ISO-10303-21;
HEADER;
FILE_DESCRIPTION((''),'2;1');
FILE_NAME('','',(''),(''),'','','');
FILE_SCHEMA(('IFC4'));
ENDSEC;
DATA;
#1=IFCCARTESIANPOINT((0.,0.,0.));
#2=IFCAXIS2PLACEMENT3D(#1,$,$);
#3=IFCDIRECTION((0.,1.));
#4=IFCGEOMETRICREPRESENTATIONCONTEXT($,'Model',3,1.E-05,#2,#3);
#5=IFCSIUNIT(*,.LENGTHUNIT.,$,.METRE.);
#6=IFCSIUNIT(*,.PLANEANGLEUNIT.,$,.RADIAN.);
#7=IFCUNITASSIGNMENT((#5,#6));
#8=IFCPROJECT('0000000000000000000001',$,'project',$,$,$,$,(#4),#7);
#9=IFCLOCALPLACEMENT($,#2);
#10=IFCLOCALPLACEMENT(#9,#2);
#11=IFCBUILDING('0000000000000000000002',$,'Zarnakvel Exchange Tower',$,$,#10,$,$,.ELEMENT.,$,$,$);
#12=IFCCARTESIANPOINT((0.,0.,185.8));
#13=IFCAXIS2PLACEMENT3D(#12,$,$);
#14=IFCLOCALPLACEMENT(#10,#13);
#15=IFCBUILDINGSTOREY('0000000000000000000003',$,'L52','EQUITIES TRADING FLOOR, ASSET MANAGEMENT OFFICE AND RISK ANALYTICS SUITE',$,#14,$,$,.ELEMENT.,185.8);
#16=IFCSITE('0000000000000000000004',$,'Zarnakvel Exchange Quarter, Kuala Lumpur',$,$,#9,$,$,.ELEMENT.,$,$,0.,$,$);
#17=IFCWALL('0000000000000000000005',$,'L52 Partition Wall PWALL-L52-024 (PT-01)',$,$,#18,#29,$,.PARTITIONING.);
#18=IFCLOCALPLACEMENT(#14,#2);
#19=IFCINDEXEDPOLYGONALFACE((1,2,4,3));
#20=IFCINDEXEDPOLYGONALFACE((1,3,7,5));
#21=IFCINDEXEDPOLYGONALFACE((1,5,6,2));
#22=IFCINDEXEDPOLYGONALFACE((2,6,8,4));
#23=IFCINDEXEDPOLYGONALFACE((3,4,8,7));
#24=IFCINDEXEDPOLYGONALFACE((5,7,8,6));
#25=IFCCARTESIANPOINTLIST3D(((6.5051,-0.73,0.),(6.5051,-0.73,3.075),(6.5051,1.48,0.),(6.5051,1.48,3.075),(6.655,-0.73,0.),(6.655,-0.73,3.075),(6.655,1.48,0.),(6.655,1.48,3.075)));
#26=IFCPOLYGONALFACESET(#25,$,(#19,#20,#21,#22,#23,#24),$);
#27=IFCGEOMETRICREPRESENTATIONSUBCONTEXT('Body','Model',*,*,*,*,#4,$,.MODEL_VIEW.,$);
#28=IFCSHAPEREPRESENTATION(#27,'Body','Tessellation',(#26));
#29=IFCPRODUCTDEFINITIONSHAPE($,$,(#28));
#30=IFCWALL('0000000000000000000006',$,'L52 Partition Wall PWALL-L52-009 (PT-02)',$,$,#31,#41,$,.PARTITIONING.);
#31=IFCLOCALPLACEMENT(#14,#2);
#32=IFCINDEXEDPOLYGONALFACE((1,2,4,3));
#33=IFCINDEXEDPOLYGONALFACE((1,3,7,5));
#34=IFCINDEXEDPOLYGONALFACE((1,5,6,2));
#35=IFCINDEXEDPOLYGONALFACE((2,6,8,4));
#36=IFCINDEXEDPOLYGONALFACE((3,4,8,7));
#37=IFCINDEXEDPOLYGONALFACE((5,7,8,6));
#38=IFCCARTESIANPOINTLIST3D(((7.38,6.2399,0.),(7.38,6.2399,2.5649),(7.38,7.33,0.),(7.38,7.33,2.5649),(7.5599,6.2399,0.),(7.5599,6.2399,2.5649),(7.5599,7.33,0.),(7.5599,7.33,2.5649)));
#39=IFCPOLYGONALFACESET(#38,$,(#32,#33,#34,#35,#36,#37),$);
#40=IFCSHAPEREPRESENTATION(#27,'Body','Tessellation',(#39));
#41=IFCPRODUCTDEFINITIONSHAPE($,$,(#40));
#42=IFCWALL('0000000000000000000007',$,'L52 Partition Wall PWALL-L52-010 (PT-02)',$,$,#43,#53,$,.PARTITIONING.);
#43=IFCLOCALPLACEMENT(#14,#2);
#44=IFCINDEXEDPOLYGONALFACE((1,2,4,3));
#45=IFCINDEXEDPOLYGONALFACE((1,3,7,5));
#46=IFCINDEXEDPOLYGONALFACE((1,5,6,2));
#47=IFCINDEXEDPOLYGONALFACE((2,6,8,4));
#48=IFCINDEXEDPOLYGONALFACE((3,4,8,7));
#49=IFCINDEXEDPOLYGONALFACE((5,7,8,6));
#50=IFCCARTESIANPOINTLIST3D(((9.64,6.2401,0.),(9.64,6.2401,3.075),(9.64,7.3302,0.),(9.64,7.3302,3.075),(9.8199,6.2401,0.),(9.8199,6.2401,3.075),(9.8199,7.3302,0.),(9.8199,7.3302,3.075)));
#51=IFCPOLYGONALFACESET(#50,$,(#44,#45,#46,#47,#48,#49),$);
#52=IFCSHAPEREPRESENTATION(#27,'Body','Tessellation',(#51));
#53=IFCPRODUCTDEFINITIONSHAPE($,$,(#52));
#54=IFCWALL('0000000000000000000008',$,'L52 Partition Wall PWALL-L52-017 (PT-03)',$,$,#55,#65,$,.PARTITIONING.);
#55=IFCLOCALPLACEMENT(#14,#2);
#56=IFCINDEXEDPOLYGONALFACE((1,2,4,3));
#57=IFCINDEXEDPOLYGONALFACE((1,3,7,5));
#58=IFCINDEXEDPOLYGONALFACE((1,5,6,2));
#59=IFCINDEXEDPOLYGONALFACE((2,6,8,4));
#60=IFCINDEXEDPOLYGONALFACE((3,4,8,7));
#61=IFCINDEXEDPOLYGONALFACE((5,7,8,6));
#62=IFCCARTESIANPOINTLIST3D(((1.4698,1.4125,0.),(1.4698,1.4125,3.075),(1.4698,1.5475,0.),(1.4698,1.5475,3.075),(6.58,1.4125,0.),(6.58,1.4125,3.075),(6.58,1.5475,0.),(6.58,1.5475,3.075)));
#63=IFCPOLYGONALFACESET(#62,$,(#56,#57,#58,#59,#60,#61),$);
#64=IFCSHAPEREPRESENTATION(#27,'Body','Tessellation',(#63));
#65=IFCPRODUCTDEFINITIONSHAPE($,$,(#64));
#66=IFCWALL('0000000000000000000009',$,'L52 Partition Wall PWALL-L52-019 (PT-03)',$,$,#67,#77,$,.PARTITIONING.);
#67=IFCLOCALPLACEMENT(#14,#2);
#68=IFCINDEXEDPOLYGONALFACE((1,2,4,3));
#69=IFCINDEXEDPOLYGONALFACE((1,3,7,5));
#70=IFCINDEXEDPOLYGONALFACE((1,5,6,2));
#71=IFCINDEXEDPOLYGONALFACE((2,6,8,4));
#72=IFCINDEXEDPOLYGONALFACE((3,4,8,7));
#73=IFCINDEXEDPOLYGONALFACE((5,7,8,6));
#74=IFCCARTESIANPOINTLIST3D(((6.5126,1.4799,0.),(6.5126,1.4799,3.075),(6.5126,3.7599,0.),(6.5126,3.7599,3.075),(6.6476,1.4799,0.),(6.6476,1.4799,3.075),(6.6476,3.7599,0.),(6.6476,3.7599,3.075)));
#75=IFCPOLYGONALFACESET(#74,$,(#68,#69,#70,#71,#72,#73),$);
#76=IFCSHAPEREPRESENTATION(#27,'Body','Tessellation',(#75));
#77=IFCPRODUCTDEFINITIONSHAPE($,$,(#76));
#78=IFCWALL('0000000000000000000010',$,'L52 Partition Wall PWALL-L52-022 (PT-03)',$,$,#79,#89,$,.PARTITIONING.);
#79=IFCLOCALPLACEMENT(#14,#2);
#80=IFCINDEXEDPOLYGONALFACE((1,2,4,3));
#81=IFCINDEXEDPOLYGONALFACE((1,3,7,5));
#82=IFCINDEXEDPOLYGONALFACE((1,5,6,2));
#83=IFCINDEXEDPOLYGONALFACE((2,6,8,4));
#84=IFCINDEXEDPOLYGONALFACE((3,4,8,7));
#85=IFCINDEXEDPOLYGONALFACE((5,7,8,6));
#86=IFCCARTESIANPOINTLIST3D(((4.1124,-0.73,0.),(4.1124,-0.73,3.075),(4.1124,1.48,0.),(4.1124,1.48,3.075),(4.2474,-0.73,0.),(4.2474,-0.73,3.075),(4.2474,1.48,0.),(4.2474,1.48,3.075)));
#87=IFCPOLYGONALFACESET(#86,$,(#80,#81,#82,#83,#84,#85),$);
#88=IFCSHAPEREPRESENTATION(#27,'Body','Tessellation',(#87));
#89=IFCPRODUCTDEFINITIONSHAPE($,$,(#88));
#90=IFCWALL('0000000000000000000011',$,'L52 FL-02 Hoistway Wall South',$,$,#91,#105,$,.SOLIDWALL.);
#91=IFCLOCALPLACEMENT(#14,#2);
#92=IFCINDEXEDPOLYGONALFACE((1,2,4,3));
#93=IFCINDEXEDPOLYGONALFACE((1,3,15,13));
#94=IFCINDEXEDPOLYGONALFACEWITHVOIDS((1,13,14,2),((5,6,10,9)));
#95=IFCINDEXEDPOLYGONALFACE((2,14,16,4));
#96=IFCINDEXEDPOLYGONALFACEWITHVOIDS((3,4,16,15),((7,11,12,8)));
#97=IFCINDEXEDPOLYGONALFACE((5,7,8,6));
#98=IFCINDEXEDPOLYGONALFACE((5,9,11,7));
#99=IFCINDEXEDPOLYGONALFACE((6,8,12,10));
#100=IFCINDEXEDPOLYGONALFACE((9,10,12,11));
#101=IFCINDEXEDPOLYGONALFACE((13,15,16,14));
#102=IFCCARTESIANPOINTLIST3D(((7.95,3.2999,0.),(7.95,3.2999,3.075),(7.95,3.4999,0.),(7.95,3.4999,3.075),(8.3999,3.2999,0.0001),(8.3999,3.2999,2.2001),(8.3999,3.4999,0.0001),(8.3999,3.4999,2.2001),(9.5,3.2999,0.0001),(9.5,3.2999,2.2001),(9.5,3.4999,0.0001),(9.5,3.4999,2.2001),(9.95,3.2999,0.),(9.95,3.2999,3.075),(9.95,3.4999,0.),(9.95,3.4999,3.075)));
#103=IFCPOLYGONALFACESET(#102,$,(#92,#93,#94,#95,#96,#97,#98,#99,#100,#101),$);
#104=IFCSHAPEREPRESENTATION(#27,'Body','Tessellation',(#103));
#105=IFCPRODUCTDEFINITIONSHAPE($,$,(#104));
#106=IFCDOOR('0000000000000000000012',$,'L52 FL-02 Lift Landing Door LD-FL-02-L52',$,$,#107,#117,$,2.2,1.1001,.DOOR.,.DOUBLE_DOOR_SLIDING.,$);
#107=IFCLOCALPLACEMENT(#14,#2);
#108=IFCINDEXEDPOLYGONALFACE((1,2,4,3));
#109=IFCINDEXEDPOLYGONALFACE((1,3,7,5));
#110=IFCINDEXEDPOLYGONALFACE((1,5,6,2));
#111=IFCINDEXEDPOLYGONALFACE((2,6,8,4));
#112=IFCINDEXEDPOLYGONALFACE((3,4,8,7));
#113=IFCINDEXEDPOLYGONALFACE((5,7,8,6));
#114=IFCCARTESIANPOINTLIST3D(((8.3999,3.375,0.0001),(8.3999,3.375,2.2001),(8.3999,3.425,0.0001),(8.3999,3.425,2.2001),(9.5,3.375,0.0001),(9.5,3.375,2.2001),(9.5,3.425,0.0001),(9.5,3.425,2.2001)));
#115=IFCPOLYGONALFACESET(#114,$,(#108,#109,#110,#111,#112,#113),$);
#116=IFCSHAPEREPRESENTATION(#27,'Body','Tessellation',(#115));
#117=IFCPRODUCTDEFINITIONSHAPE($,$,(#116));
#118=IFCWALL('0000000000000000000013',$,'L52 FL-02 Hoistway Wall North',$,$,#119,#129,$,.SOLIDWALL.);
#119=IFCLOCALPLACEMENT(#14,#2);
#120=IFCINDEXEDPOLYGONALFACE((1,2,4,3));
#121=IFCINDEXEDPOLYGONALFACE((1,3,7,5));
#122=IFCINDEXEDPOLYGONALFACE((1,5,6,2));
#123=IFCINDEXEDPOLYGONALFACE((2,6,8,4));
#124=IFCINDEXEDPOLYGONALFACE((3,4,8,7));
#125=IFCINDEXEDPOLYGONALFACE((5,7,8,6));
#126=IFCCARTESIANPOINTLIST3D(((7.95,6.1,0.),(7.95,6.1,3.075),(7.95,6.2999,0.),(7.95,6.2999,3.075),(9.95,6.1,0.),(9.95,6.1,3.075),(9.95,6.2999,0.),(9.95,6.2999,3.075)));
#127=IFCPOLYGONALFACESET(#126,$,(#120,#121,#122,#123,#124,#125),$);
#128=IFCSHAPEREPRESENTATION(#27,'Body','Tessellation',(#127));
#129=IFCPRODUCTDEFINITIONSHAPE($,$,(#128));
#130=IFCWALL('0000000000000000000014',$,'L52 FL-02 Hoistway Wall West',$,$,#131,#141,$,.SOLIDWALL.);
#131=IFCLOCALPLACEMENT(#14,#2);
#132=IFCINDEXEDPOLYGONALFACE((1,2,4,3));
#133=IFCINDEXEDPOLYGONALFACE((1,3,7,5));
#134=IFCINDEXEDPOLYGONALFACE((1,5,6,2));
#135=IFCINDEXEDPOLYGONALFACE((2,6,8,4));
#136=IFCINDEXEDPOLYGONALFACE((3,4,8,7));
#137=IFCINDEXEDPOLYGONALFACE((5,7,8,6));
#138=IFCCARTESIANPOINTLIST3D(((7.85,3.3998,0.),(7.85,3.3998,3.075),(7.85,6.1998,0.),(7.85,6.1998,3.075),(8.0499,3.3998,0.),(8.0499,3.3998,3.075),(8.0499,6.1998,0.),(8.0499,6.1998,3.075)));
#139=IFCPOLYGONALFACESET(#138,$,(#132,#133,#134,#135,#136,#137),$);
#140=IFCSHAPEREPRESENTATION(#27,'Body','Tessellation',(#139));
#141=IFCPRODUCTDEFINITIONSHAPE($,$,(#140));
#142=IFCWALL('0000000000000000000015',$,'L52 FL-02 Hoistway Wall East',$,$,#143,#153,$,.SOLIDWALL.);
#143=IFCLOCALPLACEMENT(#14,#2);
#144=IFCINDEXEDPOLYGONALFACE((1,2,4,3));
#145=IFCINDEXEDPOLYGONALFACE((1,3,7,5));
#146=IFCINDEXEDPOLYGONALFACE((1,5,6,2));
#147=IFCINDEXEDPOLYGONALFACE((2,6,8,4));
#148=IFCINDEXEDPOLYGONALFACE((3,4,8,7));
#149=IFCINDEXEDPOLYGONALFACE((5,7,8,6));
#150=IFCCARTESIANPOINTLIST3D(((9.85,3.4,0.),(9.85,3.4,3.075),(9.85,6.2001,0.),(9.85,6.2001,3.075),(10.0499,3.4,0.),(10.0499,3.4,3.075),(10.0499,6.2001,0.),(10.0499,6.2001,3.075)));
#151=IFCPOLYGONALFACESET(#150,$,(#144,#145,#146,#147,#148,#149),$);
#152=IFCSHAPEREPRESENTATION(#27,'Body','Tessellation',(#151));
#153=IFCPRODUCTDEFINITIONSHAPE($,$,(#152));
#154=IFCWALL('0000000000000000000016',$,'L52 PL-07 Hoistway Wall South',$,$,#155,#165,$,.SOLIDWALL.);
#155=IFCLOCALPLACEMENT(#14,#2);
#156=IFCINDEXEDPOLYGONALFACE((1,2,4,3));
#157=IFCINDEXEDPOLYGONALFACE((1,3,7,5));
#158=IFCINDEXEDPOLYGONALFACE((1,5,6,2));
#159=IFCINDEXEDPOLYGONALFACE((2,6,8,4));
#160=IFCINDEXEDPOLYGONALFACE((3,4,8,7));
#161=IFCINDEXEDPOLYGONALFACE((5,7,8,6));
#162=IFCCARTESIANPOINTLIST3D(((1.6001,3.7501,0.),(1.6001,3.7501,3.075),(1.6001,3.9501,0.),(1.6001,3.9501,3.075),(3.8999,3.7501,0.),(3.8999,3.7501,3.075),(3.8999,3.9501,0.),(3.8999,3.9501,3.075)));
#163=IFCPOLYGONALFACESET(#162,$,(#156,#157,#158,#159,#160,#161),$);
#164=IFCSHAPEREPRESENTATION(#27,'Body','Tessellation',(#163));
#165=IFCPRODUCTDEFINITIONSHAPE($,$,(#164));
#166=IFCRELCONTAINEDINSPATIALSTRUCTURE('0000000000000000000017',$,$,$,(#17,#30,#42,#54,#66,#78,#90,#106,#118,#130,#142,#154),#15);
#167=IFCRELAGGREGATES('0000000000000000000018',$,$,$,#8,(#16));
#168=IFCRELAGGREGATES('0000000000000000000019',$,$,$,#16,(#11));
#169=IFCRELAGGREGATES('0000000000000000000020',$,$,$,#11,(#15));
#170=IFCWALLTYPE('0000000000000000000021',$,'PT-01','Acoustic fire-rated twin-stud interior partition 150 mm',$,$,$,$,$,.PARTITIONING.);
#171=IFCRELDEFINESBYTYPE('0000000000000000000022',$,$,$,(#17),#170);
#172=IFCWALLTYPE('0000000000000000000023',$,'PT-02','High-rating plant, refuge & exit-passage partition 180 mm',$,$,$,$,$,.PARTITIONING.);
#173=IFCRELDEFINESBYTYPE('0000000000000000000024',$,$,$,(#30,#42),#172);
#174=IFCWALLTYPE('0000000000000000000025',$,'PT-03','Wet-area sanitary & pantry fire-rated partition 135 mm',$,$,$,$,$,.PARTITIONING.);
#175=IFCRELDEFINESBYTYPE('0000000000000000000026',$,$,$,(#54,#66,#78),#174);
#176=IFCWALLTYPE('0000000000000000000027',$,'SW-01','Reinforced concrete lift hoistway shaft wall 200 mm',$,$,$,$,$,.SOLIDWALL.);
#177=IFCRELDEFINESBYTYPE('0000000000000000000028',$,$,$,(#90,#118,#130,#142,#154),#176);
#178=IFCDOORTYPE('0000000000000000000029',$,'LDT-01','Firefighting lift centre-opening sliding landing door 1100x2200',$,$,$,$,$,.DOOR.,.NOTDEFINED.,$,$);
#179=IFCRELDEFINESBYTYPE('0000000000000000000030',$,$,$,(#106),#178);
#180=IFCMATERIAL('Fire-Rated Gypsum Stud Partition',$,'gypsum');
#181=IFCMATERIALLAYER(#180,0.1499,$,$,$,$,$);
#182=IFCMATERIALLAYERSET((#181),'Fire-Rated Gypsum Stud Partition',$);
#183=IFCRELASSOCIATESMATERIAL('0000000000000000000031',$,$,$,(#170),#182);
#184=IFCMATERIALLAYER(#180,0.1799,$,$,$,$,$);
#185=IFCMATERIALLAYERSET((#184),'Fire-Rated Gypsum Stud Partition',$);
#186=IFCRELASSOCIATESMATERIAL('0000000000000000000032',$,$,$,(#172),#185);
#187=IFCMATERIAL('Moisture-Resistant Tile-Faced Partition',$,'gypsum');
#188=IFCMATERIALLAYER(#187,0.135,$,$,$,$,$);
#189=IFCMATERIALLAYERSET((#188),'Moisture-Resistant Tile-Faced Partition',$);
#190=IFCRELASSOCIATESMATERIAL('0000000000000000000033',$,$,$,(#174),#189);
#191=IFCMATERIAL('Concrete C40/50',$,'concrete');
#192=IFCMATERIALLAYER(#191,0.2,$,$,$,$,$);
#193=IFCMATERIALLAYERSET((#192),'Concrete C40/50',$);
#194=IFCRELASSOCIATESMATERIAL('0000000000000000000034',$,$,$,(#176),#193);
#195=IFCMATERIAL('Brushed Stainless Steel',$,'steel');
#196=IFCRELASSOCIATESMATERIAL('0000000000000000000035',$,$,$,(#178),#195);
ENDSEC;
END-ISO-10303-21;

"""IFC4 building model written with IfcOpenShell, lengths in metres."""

from ifc_helpers import new_model, si_unit, direction, frame, frame_2d, origin, place, context, subcontext, project, spatial, rectangle, extrude, source, transform, mapped, material, layer, layer_set, type_object, element, fill, save


model = new_model("IFC4")

# Units and contexts
model_context = context("Model", 3, precision=1e-05, world=origin(), true_north=direction((0.0, 1.0)))
body_context = subcontext(model_context, "Body", "Model", "MODEL_VIEW")
ifc_project = project(units=[si_unit("LENGTHUNIT", "METRE"), si_unit("PLANEANGLEUNIT", "RADIAN")], contexts=[model_context])

# Site, building, storey
site_placement = place(None, origin())
site = spatial("IfcSite", under=ifc_project, at=site_placement, Name="Zarnakvel Exchange Quarter, Kuala Lumpur", CompositionType="ELEMENT", RefElevation=0.0)
building_placement = place(site_placement, origin())
building = spatial("IfcBuilding", under=site, at=building_placement, Name="Zarnakvel Exchange Tower", CompositionType="ELEMENT")
storey_placement = place(building_placement, frame((0.0, 0.0, 185.8)))
storey = spatial("IfcBuildingStorey", under=building, at=storey_placement, Name="L52", Description="EQUITIES TRADING FLOOR, ASSET MANAGEMENT OFFICE AND RISK ANALYTICS SUITE", CompositionType="ELEMENT", Elevation=185.8)

# Walls
ifc_material_1 = material(Name="Fire-Rated Gypsum Stud Partition", Category="gypsum")
ifc_layer_1 = layer(ifc_material_1, 0.1499)
ifc_layer_set_1 = layer_set([ifc_layer_1], Name="Fire-Rated Gypsum Stud Partition")
wall_type_1 = type_object("IfcWallType", Name="PT-01", Description="Acoustic fire-rated twin-stud interior partition 150 mm", PredefinedType="PARTITIONING", material=ifc_layer_set_1)
wall_1_placement = place(storey_placement, frame((6.5801, 1.48, 0.0), z_axis=(0.0, 0.0, 1.0), x_axis=(0.0, -1.0, 0.0)))
element("IfcWall", 1, at=wall_1_placement, inside=storey, type_object=wall_type_1, Name="L52 Partition Wall PWALL-L52-024 (PT-01)", PredefinedType="PARTITIONING", context=body_context, shape_type="SweptSolid", body=[
    extrude(rectangle(XDim=2.21, YDim=0.1499, at=frame_2d((1.105, 0.0))), origin(), (0.0, 0.0, 1.0), 3.075),
])
ifc_layer_2 = layer(ifc_material_1, 0.1799)
ifc_layer_set_2 = layer_set([ifc_layer_2], Name="Fire-Rated Gypsum Stud Partition")
wall_type_2 = type_object("IfcWallType", Name="PT-02", Description="High-rating plant, refuge & exit-passage partition 180 mm", PredefinedType="PARTITIONING", material=ifc_layer_set_2)
wall_2_placement = place(storey_placement, frame((7.47, 6.24, 0.0), z_axis=(0.0, 0.0, 1.0), x_axis=(0.0, 1.0, 0.0)))
element("IfcWall", 2, at=wall_2_placement, inside=storey, type_object=wall_type_2, Name="L52 Partition Wall PWALL-L52-009 (PT-02)", PredefinedType="PARTITIONING", context=body_context, shape_type="SweptSolid", body=[
    extrude(rectangle(XDim=1.0901, YDim=0.1799, at=frame_2d((0.5449, 0.0))), origin(), (0.0, 0.0, 1.0), 2.5649),
])
wall_3_placement = place(storey_placement, frame((9.73, 7.3301, 0.0), z_axis=(0.0, 0.0, 1.0), x_axis=(0.0, -1.0, 0.0)))
element("IfcWall", 3, at=wall_3_placement, inside=storey, type_object=wall_type_2, Name="L52 Partition Wall PWALL-L52-010 (PT-02)", PredefinedType="PARTITIONING", context=body_context, shape_type="SweptSolid", body=[
    extrude(rectangle(XDim=1.0901, YDim=0.1799, at=frame_2d((0.5449, 0.0))), origin(), (0.0, 0.0, 1.0), 3.075),
])
ifc_material_2 = material(Name="Moisture-Resistant Tile-Faced Partition", Category="gypsum")
ifc_layer_3 = layer(ifc_material_2, 0.135)
ifc_layer_set_3 = layer_set([ifc_layer_3], Name="Moisture-Resistant Tile-Faced Partition")
wall_type_3 = type_object("IfcWallType", Name="PT-03", Description="Wet-area sanitary & pantry fire-rated partition 135 mm", PredefinedType="PARTITIONING", material=ifc_layer_set_3)
wall_4_placement = place(storey_placement, frame((6.5801, 1.48, 0.0), z_axis=(0.0, 0.0, 1.0), x_axis=(-1.0, 0.0, 0.0)))
element("IfcWall", 4, at=wall_4_placement, inside=storey, type_object=wall_type_3, Name="L52 Partition Wall PWALL-L52-017 (PT-03)", PredefinedType="PARTITIONING", context=body_context, shape_type="SweptSolid", body=[
    extrude(rectangle(XDim=5.1101, YDim=0.135, at=frame_2d((2.5552, 0.0))), origin(), (0.0, 0.0, 1.0), 3.075),
])
wall_5_placement = place(storey_placement, frame((6.5801, 3.76, 0.0), z_axis=(0.0, 0.0, 1.0), x_axis=(0.0, -1.0, 0.0)))
element("IfcWall", 5, at=wall_5_placement, inside=storey, type_object=wall_type_3, Name="L52 Partition Wall PWALL-L52-019 (PT-03)", PredefinedType="PARTITIONING", context=body_context, shape_type="SweptSolid", body=[
    extrude(rectangle(XDim=2.28, YDim=0.135, at=frame_2d((1.1401, 0.0))), origin(), (0.0, 0.0, 1.0), 3.075),
])
wall_6_placement = place(storey_placement, frame((4.1799, 1.48, 0.0), z_axis=(0.0, 0.0, 1.0), x_axis=(0.0, -1.0, 0.0)))
element("IfcWall", 6, at=wall_6_placement, inside=storey, type_object=wall_type_3, Name="L52 Partition Wall PWALL-L52-022 (PT-03)", PredefinedType="PARTITIONING", context=body_context, shape_type="SweptSolid", body=[
    extrude(rectangle(XDim=2.21, YDim=0.135, at=frame_2d((1.105, 0.0))), origin(), (0.0, 0.0, 1.0), 3.075),
])

# Wall, opening, door
ifc_material_3 = material(Name="Concrete C40/50", Category="concrete")
ifc_layer_4 = layer(ifc_material_3, 0.2)
ifc_layer_set_4 = layer_set([ifc_layer_4], Name="Concrete C40/50")
wall_type_4 = type_object("IfcWallType", Name="SW-01", Description="Reinforced concrete lift hoistway shaft wall 200 mm", PredefinedType="SOLIDWALL", material=ifc_layer_set_4)
wall_7_placement = place(storey_placement, frame((9.95, 3.3999, 0.0), z_axis=(0.0, 0.0, 1.0), x_axis=(-1.0, 0.0, 0.0)))
wall_7 = element("IfcWall", 7, at=wall_7_placement, inside=storey, type_object=wall_type_4, Name="L52 FL-02 Hoistway Wall South", PredefinedType="SOLIDWALL", context=body_context, shape_type="SweptSolid", body=[
    extrude(rectangle(XDim=2.0, YDim=0.2, at=frame_2d((1.0, 0.0))), origin(), (0.0, 0.0, 1.0), 3.075),
])
opening_1_placement = place(wall_7_placement, frame((0.45, 0.0, 0.0)))
opening_1 = element("IfcOpeningElement", 8, at=opening_1_placement, cuts=wall_7, PredefinedType="OPENING", context=body_context, shape_type="SweptSolid", body=[
    extrude(rectangle(XDim=1.1001, YDim=2.2, at=frame_2d((0.55, 1.1001))), frame((0.0, 0.1099, 0.0), z_axis=(0.0, -1.0, 0.0), x_axis=(1.0, 0.0, 0.0)), (0.0, 0.0, 1.0), 0.22),
])
ifc_material_4 = material(Name="Brushed Stainless Steel", Category="steel")
door_type_1 = type_object("IfcDoorType", Name="LDT-01", Description="Firefighting lift centre-opening sliding landing door 1100x2200", OperationType="NOTDEFINED", PredefinedType="DOOR", material=ifc_material_4)
shared_shape_1 = source(origin(), body_context, "Body", "SweptSolid", [
    extrude(rectangle(XDim=1.1001, YDim=2.2, at=frame_2d((0.55, 1.1001))), frame((0.0, 0.0249, 0.0), z_axis=(0.0, -1.0, 0.0), x_axis=(1.0, 0.0, 0.0)), (0.0, 0.0, 1.0), 0.05),
])
door_1_placement = place(opening_1_placement, origin())
door_1 = element("IfcDoor", 9, at=door_1_placement, inside=storey, type_object=door_type_1, Name="L52 FL-02 Lift Landing Door LD-FL-02-L52", OperationType="DOUBLE_DOOR_SLIDING", OverallHeight=2.2, OverallWidth=1.1001, PredefinedType="DOOR", context=body_context, shape_type="MappedRepresentation", body=[
    mapped(shared_shape_1, transform((0.0, 0.0, 0.0), x_axis=(1.0, 0.0, 0.0), y_axis=(0.0, 1.0, 0.0), z_axis=(0.0, 0.0, 1.0), scale=1.0)),
])
fill(opening_1, door_1)

# Walls
wall_8_placement = place(storey_placement, frame((7.95, 6.2, 0.0), z_axis=(0.0, 0.0, 1.0), x_axis=(1.0, 0.0, 0.0)))
element("IfcWall", 10, at=wall_8_placement, inside=storey, type_object=wall_type_4, Name="L52 FL-02 Hoistway Wall North", PredefinedType="SOLIDWALL", context=body_context, shape_type="SweptSolid", body=[
    extrude(rectangle(XDim=2.0, YDim=0.2, at=frame_2d((1.0, 0.0))), origin(), (0.0, 0.0, 1.0), 3.075),
])
for number, where, z_axis, x_axis, name in (
    (11, (7.95, 3.3999, 0.0), (0.0, 0.0, 1.0), (0.0, 1.0, 0.0), "L52 FL-02 Hoistway Wall West"),
    (12, (9.95, 6.2, 0.0), (0.0, 0.0, 1.0), (0.0, -1.0, 0.0), "L52 FL-02 Hoistway Wall East"),
):
    element("IfcWall", number, at=place(storey_placement, frame(where, z_axis=z_axis, x_axis=x_axis)), inside=storey, type_object=wall_type_4, Name=name, PredefinedType="SOLIDWALL", context=body_context, shape_type="SweptSolid", body=[
        extrude(rectangle(XDim=2.8, YDim=0.2, at=frame_2d((1.3999, 0.0))), origin(), (0.0, 0.0, 1.0), 3.075),
    ])
wall_9_placement = place(storey_placement, frame((3.8999, 3.8501, 0.0), z_axis=(0.0, 0.0, 1.0), x_axis=(-1.0, 0.0, 0.0)))
element("IfcWall", 13, at=wall_9_placement, inside=storey, type_object=wall_type_4, Name="L52 PL-07 Hoistway Wall South", PredefinedType="SOLIDWALL", context=body_context, shape_type="SweptSolid", body=[
    extrude(rectangle(XDim=2.2998, YDim=0.2, at=frame_2d((1.1499, 0.0))), origin(), (0.0, 0.0, 1.0), 3.075),
])

save(model, "model.ifc")
